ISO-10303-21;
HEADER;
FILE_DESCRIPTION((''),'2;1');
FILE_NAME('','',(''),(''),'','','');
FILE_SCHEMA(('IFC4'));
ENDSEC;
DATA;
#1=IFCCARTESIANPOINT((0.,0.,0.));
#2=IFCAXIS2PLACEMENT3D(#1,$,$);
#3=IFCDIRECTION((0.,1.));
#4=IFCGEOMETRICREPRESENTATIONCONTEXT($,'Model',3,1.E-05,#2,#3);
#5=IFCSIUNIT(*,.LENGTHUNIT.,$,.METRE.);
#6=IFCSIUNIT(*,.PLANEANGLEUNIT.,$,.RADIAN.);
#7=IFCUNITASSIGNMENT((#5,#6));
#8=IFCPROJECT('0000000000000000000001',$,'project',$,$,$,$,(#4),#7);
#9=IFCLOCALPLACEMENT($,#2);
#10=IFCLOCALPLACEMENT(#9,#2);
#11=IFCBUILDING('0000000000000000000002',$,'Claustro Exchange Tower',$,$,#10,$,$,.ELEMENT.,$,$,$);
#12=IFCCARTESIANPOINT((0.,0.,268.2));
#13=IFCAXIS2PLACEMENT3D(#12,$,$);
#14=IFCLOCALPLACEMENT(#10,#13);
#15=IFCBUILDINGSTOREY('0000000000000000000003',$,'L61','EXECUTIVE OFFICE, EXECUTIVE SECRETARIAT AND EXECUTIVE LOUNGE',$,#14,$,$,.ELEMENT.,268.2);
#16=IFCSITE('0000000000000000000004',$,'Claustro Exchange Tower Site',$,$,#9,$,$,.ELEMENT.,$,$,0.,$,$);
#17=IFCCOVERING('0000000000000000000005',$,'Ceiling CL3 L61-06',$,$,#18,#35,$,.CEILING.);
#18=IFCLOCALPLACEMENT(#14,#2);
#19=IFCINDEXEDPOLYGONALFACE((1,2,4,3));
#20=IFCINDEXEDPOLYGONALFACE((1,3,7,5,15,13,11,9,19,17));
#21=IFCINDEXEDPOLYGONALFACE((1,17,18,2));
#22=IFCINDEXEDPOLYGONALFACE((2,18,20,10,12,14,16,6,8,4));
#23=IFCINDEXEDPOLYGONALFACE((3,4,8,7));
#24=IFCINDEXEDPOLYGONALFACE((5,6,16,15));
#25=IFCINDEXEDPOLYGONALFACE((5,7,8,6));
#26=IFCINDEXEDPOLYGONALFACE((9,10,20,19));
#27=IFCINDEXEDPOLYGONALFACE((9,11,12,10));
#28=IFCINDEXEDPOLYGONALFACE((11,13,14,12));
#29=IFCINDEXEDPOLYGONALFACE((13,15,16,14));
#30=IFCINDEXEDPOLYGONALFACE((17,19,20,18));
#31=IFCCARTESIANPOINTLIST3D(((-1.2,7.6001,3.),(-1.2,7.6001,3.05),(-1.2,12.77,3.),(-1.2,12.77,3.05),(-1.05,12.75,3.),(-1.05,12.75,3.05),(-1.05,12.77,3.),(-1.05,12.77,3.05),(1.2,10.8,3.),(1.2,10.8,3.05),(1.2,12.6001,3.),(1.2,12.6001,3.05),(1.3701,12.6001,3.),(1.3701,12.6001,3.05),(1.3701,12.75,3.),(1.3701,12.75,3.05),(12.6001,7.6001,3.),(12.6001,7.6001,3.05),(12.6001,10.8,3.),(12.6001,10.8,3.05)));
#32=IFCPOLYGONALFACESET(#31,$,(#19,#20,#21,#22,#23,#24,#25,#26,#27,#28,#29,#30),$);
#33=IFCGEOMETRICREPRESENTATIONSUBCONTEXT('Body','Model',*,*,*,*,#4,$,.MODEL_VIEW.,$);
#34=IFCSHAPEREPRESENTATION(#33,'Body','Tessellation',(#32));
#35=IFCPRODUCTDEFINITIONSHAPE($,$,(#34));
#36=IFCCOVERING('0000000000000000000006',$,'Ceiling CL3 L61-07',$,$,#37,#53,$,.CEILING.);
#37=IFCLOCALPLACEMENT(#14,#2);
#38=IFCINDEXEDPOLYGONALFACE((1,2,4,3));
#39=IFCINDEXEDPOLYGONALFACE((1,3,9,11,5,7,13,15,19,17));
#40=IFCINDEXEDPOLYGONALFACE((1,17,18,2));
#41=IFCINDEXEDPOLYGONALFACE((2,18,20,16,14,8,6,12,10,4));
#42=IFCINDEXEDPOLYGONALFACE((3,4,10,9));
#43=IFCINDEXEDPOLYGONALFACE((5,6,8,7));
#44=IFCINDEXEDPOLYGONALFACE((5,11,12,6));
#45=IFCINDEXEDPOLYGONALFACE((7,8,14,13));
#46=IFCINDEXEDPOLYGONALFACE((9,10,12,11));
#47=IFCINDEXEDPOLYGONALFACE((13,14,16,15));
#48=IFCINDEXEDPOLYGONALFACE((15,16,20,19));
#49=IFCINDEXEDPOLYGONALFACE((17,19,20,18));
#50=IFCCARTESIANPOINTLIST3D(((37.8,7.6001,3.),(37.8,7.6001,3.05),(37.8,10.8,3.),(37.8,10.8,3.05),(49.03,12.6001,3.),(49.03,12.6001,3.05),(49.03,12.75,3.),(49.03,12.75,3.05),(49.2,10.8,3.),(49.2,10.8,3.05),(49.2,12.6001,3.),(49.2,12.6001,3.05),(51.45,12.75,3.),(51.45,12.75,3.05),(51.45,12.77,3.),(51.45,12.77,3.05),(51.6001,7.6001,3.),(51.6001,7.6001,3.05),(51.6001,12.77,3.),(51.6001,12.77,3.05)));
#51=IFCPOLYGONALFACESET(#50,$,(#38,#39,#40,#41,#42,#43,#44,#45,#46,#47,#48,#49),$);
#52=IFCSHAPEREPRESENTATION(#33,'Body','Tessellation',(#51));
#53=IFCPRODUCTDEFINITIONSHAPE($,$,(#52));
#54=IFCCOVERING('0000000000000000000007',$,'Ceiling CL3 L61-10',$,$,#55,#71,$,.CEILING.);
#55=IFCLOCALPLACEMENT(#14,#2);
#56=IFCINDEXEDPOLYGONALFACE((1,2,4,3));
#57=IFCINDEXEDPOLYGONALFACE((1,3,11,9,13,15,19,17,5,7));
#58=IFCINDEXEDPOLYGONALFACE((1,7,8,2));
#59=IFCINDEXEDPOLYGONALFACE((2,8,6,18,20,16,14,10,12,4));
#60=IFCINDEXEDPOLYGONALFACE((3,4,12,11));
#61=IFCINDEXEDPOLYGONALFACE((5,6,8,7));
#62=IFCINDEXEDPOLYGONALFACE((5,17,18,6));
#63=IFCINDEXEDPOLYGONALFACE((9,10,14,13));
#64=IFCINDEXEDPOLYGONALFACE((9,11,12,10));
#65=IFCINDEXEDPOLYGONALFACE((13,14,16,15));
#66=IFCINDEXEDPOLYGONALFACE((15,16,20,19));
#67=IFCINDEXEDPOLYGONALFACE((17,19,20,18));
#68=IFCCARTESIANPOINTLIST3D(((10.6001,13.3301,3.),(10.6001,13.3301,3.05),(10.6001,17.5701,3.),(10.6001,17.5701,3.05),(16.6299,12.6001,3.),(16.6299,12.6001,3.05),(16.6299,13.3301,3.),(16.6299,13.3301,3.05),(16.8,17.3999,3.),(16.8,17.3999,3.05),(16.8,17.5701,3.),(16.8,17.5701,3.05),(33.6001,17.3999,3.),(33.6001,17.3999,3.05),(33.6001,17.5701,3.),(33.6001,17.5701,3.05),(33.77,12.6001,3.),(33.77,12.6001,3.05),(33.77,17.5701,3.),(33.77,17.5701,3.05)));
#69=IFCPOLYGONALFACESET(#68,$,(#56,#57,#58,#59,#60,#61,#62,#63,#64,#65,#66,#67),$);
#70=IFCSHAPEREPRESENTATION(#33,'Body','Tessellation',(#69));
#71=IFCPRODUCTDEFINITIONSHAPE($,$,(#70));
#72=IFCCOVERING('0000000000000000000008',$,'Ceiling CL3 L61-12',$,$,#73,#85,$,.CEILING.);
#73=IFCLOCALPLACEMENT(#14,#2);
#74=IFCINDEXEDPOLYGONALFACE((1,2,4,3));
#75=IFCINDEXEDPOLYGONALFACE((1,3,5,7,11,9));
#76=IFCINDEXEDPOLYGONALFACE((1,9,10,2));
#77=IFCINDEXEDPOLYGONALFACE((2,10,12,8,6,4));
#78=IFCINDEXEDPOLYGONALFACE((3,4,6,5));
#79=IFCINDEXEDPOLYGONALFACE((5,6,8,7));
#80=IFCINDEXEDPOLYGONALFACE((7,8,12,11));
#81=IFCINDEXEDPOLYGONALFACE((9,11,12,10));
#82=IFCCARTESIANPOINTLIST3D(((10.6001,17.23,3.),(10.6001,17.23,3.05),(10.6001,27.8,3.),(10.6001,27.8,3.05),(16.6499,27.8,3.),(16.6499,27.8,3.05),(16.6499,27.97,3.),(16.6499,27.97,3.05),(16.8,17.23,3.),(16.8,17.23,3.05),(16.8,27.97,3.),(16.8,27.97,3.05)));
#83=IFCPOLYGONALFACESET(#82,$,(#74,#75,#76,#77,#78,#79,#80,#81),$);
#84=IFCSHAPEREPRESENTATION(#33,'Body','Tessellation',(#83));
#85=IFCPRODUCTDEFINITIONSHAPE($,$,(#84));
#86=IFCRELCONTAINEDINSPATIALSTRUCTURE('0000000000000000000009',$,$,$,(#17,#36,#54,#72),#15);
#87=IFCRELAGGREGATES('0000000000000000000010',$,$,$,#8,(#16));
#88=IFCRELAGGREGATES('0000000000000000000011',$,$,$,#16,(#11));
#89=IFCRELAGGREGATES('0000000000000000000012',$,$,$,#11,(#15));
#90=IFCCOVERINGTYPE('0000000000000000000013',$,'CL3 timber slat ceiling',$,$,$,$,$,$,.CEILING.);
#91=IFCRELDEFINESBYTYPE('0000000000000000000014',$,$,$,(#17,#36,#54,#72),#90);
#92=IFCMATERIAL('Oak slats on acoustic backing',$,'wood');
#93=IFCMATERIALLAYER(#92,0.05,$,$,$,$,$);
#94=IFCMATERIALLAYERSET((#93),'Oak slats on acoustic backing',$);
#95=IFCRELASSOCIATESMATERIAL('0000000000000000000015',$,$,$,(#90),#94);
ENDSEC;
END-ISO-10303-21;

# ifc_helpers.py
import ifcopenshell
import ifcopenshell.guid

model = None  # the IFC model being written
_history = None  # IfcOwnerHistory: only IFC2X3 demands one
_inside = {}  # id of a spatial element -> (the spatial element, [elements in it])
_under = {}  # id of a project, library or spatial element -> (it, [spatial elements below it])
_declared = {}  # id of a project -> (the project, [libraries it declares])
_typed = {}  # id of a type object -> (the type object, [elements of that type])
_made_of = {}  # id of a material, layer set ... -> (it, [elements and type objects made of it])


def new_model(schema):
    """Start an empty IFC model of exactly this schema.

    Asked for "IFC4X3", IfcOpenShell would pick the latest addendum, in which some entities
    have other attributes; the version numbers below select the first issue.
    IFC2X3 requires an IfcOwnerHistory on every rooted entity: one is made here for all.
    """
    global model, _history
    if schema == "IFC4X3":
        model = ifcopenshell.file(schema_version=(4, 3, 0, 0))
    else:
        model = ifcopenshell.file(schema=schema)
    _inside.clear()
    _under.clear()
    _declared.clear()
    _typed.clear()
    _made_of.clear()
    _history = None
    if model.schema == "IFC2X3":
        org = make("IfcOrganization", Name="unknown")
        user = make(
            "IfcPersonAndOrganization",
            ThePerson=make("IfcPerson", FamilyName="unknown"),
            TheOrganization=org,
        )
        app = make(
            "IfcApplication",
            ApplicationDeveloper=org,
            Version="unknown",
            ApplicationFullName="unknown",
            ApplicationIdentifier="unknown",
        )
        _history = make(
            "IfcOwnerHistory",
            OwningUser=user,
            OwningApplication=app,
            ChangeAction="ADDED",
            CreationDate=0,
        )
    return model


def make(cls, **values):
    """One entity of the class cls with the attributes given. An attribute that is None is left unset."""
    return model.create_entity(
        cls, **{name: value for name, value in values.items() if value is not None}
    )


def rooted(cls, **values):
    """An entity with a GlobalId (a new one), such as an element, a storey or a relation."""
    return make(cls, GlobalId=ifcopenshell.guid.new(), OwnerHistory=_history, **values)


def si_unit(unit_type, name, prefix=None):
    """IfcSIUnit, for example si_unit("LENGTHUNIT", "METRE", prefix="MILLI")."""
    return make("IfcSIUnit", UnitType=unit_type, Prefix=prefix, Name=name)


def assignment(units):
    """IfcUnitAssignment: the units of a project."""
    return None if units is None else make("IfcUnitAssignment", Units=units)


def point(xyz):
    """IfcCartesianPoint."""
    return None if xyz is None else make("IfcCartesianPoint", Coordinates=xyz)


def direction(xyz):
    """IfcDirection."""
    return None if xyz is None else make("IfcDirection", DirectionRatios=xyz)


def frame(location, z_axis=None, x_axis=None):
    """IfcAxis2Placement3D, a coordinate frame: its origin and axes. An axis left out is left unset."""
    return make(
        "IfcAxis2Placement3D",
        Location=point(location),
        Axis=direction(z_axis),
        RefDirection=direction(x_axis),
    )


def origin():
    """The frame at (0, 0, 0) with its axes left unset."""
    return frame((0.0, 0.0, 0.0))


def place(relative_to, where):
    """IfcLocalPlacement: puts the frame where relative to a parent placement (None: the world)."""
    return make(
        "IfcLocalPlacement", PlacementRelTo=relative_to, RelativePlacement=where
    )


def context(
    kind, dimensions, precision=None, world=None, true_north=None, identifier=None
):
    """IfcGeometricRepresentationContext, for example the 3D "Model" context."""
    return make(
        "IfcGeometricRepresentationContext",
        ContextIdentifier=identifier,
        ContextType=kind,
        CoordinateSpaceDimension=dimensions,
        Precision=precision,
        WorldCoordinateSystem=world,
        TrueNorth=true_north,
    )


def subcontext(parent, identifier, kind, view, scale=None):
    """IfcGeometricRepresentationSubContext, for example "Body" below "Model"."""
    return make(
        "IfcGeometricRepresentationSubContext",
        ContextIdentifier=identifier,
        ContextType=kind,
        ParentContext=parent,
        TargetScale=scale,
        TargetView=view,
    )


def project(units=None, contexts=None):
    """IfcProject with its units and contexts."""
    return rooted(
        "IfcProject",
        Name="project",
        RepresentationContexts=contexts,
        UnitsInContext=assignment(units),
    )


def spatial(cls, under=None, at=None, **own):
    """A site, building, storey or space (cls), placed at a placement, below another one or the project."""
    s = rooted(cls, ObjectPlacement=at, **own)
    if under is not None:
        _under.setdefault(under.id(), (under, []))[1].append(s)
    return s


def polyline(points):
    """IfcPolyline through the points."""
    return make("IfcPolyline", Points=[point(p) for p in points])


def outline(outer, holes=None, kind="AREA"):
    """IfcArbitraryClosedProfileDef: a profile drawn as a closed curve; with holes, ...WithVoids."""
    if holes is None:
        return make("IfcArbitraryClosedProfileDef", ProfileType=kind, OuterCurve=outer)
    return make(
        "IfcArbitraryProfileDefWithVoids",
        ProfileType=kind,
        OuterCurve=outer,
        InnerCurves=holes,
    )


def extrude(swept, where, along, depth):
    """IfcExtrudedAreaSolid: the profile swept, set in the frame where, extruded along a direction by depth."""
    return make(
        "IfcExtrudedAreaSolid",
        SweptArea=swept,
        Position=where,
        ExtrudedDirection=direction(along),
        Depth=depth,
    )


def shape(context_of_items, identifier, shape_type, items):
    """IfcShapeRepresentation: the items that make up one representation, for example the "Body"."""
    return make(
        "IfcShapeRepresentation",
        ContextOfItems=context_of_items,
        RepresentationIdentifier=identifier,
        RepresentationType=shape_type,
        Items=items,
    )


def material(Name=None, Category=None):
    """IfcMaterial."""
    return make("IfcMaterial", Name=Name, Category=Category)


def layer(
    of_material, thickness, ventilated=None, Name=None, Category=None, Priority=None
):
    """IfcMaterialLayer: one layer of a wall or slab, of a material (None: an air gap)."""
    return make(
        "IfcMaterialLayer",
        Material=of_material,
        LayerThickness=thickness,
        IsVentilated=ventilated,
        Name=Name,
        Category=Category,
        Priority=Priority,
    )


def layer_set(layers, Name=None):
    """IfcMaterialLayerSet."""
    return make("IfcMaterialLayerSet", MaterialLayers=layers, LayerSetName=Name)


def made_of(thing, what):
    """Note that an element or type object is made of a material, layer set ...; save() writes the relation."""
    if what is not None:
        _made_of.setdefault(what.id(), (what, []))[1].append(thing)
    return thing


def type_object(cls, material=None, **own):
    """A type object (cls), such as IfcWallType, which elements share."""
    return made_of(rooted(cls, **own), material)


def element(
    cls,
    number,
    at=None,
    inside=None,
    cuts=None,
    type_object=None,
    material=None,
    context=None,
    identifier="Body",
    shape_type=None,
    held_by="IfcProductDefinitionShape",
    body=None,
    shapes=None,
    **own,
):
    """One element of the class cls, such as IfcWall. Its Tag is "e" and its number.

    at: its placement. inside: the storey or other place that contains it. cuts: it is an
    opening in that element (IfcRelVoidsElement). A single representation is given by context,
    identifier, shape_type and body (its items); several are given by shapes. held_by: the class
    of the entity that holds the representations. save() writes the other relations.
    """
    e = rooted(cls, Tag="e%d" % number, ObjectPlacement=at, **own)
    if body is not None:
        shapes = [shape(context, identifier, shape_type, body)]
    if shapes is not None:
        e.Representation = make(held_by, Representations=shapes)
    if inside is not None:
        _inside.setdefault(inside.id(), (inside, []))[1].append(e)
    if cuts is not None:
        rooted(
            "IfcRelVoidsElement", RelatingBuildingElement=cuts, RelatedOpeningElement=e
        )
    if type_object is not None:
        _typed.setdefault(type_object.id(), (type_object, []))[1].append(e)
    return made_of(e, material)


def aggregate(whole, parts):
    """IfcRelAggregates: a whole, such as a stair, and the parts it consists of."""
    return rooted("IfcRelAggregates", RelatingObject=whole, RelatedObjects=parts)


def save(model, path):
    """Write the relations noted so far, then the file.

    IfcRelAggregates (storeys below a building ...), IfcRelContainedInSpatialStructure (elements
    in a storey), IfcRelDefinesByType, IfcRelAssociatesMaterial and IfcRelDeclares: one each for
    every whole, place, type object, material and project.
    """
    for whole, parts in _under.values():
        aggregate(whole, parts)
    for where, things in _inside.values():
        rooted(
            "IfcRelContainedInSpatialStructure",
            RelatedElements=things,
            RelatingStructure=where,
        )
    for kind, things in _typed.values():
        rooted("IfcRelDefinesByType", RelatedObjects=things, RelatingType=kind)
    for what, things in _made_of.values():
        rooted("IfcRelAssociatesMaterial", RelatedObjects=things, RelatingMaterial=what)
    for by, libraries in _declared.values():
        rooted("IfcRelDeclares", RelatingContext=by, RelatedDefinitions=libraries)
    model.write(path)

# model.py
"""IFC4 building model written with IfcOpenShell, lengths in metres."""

from ifc_helpers import new_model, si_unit, direction, frame, origin, place, context, subcontext, project, spatial, polyline, outline, extrude, material, layer, layer_set, type_object, element, save


model = new_model("IFC4")

# Units and contexts
model_context = context("Model", 3, precision=1e-05, world=origin(), true_north=direction((0.0, 1.0)))
body_context = subcontext(model_context, "Body", "Model", "MODEL_VIEW")
ifc_project = project(units=[si_unit("LENGTHUNIT", "METRE"), si_unit("PLANEANGLEUNIT", "RADIAN")], contexts=[model_context])

# Site, building, storey
site_placement = place(None, origin())
site = spatial("IfcSite", under=ifc_project, at=site_placement, Name="Claustro Exchange Tower Site", CompositionType="ELEMENT", RefElevation=0.0)
building_placement = place(site_placement, origin())
building = spatial("IfcBuilding", under=site, at=building_placement, Name="Claustro Exchange Tower", CompositionType="ELEMENT")
storey_placement = place(building_placement, frame((0.0, 0.0, 268.2)))
storey = spatial("IfcBuildingStorey", under=building, at=storey_placement, Name="L61", Description="EXECUTIVE OFFICE, EXECUTIVE SECRETARIAT AND EXECUTIVE LOUNGE", CompositionType="ELEMENT", Elevation=268.2)

# Coverings
ifc_material_1 = material(Name="Oak slats on acoustic backing", Category="wood")
ifc_layer_1 = layer(ifc_material_1, 0.05)
ifc_layer_set_1 = layer_set([ifc_layer_1], Name="Oak slats on acoustic backing")
covering_type_1 = type_object("IfcCoveringType", Name="CL3 timber slat ceiling", PredefinedType="CEILING", material=ifc_layer_set_1)
covering_1_placement = place(storey_placement, frame((0.0, 0.0, 3.0)))
element("IfcCovering", 1, at=covering_1_placement, inside=storey, type_object=covering_type_1, Name="Ceiling CL3 L61-06", PredefinedType="CEILING", context=body_context, shape_type="SweptSolid", body=[
    extrude(outline(polyline([(1.2, 10.8), (1.2, 12.6001), (1.3701, 12.6001), (1.3701, 12.75), (-1.05, 12.75), (-1.05, 12.77), (-1.2, 12.77), (-1.2, 7.6001), (12.6001, 7.6001), (12.6001, 10.8), (1.2, 10.8)])), origin(), (0.0, 0.0, 1.0), 0.05),
])
covering_2_placement = place(storey_placement, frame((0.0, 0.0, 3.0)))
element("IfcCovering", 2, at=covering_2_placement, inside=storey, type_object=covering_type_1, Name="Ceiling CL3 L61-07", PredefinedType="CEILING", context=body_context, shape_type="SweptSolid", body=[
    extrude(outline(polyline([(51.6001, 7.6001), (51.6001, 12.77), (51.45, 12.77), (51.45, 12.75), (49.03, 12.75), (49.03, 12.6001), (49.2, 12.6001), (49.2, 10.8), (37.8, 10.8), (37.8, 7.6001), (51.6001, 7.6001)])), origin(), (0.0, 0.0, 1.0), 0.05),
])
covering_3_placement = place(storey_placement, frame((0.0, 0.0, 3.0)))
element("IfcCovering", 3, at=covering_3_placement, inside=storey, type_object=covering_type_1, Name="Ceiling CL3 L61-10", PredefinedType="CEILING", context=body_context, shape_type="SweptSolid", body=[
    extrude(outline(polyline([(33.6001, 17.3999), (16.8, 17.3999), (16.8, 17.5701), (10.6001, 17.5701), (10.6001, 13.3301), (16.6299, 13.3301), (16.6299, 12.6001), (33.77, 12.6001), (33.77, 17.5701), (33.6001, 17.5701), (33.6001, 17.3999)])), origin(), (0.0, 0.0, 1.0), 0.05),
])
covering_4_placement = place(storey_placement, frame((0.0, 0.0, 3.0)))
element("IfcCovering", 4, at=covering_4_placement, inside=storey, type_object=covering_type_1, Name="Ceiling CL3 L61-12", PredefinedType="CEILING", context=body_context, shape_type="SweptSolid", body=[
    extrude(outline(polyline([(10.6001, 27.8), (10.6001, 17.23), (16.8, 17.23), (16.8, 27.97), (16.6499, 27.97), (16.6499, 27.8), (10.6001, 27.8)])), origin(), (0.0, 0.0, 1.0), 0.05),
])

save(model, "model.ifc")
